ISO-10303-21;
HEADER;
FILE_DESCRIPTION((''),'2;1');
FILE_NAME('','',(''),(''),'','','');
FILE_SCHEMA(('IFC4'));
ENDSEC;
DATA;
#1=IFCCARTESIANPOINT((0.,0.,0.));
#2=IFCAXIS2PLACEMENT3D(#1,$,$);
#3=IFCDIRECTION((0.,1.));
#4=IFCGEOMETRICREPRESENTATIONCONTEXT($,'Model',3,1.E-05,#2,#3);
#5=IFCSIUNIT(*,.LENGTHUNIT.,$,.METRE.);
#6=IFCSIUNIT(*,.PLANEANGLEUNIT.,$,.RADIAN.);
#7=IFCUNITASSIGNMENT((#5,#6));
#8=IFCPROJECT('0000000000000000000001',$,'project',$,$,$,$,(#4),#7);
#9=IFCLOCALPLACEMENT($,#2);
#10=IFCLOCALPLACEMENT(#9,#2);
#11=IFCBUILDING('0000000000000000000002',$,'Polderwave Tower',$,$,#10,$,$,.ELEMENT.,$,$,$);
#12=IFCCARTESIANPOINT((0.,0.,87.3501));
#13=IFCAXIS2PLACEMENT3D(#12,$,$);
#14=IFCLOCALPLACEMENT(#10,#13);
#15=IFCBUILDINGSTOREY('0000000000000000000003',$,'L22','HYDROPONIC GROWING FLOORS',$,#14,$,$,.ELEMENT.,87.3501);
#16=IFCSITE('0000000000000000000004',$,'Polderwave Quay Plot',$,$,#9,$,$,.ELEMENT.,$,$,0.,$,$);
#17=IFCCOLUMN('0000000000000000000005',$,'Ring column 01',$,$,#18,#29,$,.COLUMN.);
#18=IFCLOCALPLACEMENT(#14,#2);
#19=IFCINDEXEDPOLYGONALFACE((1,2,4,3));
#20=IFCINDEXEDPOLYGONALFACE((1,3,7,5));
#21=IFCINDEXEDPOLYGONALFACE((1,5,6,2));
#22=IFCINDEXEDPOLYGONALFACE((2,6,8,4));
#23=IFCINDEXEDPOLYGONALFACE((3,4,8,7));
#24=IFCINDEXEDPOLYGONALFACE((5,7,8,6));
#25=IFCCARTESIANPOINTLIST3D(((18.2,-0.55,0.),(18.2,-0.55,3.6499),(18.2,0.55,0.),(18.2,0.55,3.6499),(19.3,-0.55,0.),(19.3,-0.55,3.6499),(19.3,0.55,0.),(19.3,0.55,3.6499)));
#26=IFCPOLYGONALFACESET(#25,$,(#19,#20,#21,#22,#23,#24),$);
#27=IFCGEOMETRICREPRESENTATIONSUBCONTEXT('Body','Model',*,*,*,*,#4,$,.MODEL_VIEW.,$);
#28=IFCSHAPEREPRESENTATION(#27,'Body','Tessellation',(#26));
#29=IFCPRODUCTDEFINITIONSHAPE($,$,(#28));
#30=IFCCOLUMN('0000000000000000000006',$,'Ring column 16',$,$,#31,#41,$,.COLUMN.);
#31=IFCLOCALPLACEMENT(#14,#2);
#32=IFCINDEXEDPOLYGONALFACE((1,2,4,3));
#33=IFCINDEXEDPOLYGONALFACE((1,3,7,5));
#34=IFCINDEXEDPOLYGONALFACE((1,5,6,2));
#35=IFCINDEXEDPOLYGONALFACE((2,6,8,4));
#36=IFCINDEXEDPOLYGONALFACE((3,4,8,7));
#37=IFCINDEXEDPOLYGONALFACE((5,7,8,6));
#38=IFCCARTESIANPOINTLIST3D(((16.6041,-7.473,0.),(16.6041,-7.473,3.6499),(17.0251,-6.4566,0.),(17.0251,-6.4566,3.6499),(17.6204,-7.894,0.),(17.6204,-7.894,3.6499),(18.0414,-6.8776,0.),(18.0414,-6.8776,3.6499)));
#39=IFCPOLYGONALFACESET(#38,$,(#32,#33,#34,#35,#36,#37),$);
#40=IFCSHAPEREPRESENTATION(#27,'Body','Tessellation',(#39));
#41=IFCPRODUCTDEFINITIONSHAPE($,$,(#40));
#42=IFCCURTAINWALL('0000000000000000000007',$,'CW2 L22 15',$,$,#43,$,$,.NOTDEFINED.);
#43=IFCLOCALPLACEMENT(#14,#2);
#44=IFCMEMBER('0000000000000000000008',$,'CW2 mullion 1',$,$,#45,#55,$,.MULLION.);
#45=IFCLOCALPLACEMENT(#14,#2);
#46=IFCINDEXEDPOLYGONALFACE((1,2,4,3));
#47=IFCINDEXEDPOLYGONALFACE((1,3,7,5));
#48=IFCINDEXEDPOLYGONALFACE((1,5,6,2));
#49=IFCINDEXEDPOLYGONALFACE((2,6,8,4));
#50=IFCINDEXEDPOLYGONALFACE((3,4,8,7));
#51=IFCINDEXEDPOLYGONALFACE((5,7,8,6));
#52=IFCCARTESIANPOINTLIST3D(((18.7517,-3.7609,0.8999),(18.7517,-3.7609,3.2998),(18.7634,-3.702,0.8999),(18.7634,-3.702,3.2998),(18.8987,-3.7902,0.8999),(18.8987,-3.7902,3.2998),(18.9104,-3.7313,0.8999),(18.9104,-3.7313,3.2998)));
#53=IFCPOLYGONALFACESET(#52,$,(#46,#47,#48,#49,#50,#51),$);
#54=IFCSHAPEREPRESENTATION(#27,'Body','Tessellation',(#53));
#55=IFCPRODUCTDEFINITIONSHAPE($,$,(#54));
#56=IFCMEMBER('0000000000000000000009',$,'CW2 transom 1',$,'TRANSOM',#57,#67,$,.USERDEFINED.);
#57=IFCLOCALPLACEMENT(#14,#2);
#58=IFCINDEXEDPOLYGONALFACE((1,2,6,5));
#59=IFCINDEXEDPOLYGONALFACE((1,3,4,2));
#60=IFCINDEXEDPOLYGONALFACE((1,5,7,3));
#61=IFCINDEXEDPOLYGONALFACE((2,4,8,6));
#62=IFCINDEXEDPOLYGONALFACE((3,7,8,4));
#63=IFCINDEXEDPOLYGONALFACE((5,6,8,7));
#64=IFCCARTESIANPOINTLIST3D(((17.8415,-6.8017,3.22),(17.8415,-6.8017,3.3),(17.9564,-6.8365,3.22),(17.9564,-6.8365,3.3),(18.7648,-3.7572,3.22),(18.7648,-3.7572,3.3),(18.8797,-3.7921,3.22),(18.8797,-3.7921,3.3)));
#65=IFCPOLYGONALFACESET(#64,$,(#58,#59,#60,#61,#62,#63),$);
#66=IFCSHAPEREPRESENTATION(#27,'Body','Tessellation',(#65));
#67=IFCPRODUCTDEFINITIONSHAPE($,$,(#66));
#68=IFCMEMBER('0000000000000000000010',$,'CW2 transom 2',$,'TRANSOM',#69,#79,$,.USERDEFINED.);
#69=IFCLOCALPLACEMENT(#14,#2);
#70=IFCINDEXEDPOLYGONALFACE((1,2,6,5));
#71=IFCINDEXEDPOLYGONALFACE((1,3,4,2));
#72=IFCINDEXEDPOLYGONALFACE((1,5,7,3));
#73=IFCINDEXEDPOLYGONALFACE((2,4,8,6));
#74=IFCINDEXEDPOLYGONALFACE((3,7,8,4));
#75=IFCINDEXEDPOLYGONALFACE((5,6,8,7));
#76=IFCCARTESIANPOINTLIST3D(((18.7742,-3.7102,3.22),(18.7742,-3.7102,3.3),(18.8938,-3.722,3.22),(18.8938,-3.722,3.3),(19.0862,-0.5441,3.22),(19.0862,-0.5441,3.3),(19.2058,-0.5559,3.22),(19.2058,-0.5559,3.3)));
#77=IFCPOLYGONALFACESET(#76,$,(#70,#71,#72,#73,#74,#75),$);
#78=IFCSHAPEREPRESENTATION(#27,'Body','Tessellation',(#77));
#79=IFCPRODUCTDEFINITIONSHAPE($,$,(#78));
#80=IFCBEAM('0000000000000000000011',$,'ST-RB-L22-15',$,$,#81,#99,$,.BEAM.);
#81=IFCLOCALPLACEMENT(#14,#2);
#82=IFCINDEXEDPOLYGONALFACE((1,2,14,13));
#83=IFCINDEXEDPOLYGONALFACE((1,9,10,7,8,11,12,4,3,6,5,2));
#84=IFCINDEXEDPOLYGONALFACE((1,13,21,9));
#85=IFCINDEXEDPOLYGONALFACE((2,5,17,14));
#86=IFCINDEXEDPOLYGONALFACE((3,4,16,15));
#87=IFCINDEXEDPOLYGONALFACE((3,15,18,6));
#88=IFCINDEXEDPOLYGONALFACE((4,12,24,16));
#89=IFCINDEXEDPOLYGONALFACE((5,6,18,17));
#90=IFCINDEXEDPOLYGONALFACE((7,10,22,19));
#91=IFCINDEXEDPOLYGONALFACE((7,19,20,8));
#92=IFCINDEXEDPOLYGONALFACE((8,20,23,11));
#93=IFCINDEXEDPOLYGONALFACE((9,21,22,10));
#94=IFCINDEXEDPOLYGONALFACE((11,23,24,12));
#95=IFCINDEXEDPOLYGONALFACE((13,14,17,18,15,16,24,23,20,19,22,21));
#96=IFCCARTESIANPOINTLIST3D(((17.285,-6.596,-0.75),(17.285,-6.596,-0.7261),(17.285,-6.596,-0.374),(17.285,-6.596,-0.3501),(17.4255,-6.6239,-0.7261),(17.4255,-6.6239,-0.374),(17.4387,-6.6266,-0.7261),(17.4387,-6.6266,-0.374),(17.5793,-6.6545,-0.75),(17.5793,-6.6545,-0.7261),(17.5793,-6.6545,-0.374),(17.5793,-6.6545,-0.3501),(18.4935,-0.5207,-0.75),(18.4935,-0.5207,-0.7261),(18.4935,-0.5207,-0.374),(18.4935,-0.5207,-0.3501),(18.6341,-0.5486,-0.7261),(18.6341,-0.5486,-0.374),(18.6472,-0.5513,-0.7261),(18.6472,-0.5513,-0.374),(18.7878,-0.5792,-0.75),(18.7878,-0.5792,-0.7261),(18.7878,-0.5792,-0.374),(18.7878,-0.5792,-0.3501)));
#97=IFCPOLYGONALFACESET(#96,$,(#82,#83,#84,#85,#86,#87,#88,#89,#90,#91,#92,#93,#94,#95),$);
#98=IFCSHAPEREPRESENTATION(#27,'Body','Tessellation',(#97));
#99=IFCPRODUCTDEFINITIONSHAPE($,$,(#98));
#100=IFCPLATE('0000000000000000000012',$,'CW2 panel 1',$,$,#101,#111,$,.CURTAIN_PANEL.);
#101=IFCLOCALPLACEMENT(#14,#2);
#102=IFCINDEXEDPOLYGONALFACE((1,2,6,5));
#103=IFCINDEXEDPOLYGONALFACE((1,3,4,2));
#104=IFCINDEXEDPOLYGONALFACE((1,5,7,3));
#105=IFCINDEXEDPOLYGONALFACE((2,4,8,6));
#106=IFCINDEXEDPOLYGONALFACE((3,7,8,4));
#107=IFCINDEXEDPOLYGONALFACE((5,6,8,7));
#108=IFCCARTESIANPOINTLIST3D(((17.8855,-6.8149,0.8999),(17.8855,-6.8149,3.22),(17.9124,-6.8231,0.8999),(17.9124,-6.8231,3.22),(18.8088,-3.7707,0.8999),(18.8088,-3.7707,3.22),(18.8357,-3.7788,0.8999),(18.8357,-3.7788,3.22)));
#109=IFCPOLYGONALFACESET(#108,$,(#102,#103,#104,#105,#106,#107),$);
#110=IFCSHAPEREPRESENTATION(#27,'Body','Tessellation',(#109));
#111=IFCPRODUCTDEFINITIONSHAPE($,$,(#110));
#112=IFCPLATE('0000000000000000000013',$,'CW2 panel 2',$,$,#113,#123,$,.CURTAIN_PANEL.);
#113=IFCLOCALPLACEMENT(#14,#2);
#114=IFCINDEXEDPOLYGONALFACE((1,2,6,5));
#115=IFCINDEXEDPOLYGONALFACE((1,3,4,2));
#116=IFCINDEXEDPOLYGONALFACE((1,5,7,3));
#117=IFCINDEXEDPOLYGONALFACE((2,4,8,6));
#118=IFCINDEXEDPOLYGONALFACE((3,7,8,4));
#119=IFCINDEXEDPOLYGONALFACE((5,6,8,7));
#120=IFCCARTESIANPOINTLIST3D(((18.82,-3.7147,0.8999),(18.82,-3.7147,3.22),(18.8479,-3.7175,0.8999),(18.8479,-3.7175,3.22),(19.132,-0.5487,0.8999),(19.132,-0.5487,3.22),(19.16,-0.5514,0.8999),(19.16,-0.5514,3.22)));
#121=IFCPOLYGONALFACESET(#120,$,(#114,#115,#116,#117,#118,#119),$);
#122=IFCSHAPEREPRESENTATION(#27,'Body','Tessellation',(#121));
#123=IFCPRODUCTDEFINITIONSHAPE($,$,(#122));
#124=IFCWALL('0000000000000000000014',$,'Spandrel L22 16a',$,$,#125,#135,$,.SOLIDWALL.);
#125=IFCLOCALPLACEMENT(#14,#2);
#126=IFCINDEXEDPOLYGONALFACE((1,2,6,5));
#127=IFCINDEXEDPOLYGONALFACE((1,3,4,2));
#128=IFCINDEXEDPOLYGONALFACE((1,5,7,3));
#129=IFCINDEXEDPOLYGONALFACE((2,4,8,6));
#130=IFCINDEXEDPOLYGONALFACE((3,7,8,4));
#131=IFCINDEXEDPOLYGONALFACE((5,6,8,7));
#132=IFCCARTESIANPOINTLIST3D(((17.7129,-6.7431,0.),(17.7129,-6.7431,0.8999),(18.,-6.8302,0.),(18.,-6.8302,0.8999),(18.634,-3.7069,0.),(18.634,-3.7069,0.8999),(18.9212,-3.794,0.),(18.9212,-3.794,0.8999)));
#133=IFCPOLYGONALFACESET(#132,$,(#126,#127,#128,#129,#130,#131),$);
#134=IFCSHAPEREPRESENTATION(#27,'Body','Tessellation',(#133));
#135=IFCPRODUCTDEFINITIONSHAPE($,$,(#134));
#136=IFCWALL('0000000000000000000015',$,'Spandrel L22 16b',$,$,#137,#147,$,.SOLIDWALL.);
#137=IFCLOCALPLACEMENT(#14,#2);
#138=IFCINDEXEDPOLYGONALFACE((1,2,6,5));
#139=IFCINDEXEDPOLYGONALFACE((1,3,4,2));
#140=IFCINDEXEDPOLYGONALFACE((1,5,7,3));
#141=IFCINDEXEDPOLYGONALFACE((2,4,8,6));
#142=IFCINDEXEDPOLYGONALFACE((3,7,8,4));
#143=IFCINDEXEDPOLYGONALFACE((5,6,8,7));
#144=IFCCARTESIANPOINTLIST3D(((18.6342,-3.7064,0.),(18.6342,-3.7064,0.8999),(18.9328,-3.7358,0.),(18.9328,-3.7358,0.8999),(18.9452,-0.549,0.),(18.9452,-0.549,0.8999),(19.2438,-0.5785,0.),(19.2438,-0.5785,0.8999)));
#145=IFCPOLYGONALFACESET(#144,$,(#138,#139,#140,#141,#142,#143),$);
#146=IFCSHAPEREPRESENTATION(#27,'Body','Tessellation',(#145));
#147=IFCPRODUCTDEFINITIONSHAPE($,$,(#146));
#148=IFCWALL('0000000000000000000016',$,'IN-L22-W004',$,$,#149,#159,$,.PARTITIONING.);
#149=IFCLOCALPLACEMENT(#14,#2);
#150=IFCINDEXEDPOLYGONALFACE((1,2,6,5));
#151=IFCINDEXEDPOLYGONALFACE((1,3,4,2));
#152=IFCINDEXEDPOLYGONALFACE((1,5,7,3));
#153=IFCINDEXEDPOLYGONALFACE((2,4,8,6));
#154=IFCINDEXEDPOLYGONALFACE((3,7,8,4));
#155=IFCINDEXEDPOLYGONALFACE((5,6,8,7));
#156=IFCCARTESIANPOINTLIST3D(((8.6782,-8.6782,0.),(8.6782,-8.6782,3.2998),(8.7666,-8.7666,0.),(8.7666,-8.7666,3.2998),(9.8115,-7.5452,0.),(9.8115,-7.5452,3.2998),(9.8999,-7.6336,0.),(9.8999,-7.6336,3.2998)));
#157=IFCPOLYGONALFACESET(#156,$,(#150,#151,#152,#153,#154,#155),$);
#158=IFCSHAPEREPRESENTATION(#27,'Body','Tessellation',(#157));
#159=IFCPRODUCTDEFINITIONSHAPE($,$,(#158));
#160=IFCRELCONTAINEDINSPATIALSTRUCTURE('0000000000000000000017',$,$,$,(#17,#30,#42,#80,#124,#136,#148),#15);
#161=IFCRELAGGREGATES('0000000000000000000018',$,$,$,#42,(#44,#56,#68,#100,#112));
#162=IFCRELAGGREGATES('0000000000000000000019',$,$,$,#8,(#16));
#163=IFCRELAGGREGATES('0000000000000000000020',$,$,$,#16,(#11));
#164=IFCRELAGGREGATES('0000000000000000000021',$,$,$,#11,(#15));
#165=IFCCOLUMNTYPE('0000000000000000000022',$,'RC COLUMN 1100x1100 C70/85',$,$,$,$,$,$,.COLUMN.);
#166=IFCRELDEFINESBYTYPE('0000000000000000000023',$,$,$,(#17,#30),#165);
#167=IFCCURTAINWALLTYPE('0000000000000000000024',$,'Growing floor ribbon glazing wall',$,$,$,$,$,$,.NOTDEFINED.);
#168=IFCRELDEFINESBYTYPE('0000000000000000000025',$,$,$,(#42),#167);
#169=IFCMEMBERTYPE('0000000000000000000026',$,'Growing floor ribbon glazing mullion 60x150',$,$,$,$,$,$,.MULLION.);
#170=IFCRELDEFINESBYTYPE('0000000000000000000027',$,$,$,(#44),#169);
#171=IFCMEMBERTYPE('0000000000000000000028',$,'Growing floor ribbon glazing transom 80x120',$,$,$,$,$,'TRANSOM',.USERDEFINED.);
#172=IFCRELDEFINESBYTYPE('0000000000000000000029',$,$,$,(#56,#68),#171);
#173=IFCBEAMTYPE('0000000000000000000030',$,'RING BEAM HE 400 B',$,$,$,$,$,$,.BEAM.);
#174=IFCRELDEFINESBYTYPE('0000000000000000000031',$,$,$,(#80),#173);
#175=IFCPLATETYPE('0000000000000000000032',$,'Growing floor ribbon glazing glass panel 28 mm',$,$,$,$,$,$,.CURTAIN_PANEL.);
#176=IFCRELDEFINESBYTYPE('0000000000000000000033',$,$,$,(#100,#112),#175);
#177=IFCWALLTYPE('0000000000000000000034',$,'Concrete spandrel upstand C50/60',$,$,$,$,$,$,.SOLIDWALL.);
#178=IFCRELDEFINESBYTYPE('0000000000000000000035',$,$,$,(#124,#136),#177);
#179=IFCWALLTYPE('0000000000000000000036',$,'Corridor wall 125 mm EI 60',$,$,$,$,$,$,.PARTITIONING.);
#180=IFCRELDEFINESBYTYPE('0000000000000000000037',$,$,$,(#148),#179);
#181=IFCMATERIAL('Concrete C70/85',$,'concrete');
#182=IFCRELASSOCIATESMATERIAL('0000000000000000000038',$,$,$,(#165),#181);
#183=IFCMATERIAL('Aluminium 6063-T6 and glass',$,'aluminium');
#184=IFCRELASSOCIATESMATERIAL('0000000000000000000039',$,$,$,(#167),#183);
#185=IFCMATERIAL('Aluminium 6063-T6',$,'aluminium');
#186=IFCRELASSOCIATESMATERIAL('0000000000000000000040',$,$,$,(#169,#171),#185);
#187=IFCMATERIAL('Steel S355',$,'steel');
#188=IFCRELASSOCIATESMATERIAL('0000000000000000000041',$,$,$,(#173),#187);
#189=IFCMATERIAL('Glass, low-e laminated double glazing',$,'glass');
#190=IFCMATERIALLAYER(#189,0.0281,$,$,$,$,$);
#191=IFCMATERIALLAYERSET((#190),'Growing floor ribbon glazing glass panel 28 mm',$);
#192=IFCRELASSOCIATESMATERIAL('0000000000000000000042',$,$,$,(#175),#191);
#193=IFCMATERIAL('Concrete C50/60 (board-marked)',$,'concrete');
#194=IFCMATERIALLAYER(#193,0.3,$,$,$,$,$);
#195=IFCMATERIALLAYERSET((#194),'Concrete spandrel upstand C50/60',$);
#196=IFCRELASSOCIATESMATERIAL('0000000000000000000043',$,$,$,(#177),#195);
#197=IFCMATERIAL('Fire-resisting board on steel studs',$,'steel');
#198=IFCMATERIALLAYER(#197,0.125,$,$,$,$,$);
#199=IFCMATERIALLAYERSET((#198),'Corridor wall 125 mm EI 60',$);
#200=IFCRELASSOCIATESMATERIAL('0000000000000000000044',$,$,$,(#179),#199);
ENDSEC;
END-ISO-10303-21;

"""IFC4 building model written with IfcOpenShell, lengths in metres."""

from ifc_helpers import new_model, si_unit, direction, frame, frame_2d, origin, origin_2d, place, context, subcontext, project, spatial, rectangle, i_section, extrude, material, layer, layer_set, material_profile, profile_set, type_object, element, aggregate, save


model = new_model("IFC4")

# Units and contexts
model_context = context("Model", 3, precision=1e-05, world=origin(), true_north=direction((0.0, 1.0)))
body_context = subcontext(model_context, "Body", "Model", "MODEL_VIEW")
ifc_project = project(units=[si_unit("LENGTHUNIT", "METRE"), si_unit("PLANEANGLEUNIT", "RADIAN")], contexts=[model_context])

# Site, building, storey
site_placement = place(None, origin())
site = spatial("IfcSite", under=ifc_project, at=site_placement, Name="Polderwave Quay Plot", CompositionType="ELEMENT", RefElevation=0.0)
building_placement = place(site_placement, origin())
building = spatial("IfcBuilding", under=site, at=building_placement, Name="Polderwave Tower", CompositionType="ELEMENT")
storey_placement = place(building_placement, frame((0.0, 0.0, 87.3501)))
storey = spatial("IfcBuildingStorey", under=building, at=storey_placement, Name="L22", Description="HYDROPONIC GROWING FLOORS", CompositionType="ELEMENT", Elevation=87.3501)

# Columns
ifc_material_1 = material(Name="Concrete C70/85", Category="concrete")
ifc_material_profile_1 = material_profile(ifc_material_1, rectangle(XDim=1.1001, YDim=1.1001, at=origin_2d()), Name="RC 1100x1100")
ifc_profile_set_1 = profile_set([ifc_material_profile_1], Name="Concrete C70/85")
column_type = type_object("IfcColumnType", Name="RC COLUMN 1100x1100 C70/85", PredefinedType="COLUMN", material=ifc_profile_set_1)
for number, where, z_axis, x_axis, name in (
    (1, (18.75, 0.0, 0.0), (0.0, 0.0, 1.0), (1.0, 0.0, 0.0), "Ring column 01"),
    (2, (17.3228, -7.1753, 0.0), (0.0, 0.0, 1.0), (0.92388, -0.382683, 0.0), "Ring column 16"),
):
    element("IfcColumn", number, at=place(storey_placement, frame(where, z_axis=z_axis, x_axis=x_axis)), inside=storey, type_object=column_type, Name=name, PredefinedType="COLUMN", context=body_context, shape_type="SweptSolid", body=[
        extrude(rectangle(XDim=1.1001, YDim=1.1001, at=origin_2d()), origin(), (0.0, 0.0, 1.0), 3.6499),
    ])

# Curtain wall, members
ifc_material_2 = material(Name="Aluminium 6063-T6 and glass", Category="aluminium")
curtain_wall_type = type_object("IfcCurtainWallType", Name="Growing floor ribbon glazing wall", PredefinedType="NOTDEFINED", material=ifc_material_2)
curtain_wall_placement = place(storey_placement, origin())
curtain_wall = element("IfcCurtainWall", 3, at=curtain_wall_placement, inside=storey, type_object=curtain_wall_type, Name="CW2 L22 15", PredefinedType="NOTDEFINED")
ifc_material_3 = material(Name="Aluminium 6063-T6", Category="aluminium")
ifc_material_profile_2 = material_profile(ifc_material_3, rectangle(XDim=0.1499, YDim=0.0601, at=origin_2d()), Name="AL 60x150")
ifc_profile_set_2 = profile_set([ifc_material_profile_2], Name="Aluminium 6063-T6")
member_type_1 = type_object("IfcMemberType", Name="Growing floor ribbon glazing mullion 60x150", PredefinedType="MULLION", material=ifc_profile_set_2)
member_1_placement = place(storey_placement, frame((18.8311, -3.7461, 0.8999), z_axis=(0.0, 0.0, 1.0), x_axis=(-0.980784, 0.195097, 0.0)))
member_1 = element("IfcMember", 4, at=member_1_placement, type_object=member_type_1, Name="CW2 mullion 1", PredefinedType="MULLION", context=body_context, shape_type="SweptSolid", body=[
    extrude(rectangle(XDim=0.1499, YDim=0.0601, at=origin_2d()), origin(), (0.0, 0.0, 1.0), 2.3999),
])
ifc_material_profile_3 = material_profile(ifc_material_3, rectangle(XDim=0.1201, YDim=0.0801, at=origin_2d()), Name="AL 80x120")
ifc_profile_set_3 = profile_set([ifc_material_profile_3], Name="Aluminium 6063-T6")
member_type_2 = type_object("IfcMemberType", Name="Growing floor ribbon glazing transom 80x120", ElementType="TRANSOM", PredefinedType="USERDEFINED", material=ifc_profile_set_3)
member_2_placement = place(storey_placement, frame((17.8989, -6.8191, 3.26), z_axis=(0.290233, 0.956956, 0.0), x_axis=(-0.956956, 0.290233, 0.0)))
member_2 = element("IfcMember", 5, at=member_2_placement, type_object=member_type_2, Name="CW2 transom 1", ObjectType="TRANSOM", PredefinedType="USERDEFINED", context=body_context, shape_type="SweptSolid", body=[
    extrude(rectangle(XDim=0.1201, YDim=0.0801, at=origin_2d()), origin(), (0.0, 0.0, 1.0), 3.1814),
])
member_3_placement = place(storey_placement, frame((18.834, -3.7161, 3.26), z_axis=(0.098075, 0.995179, 0.0), x_axis=(-0.995179, 0.098075, 0.0)))
member_3 = element("IfcMember", 6, at=member_3_placement, type_object=member_type_2, Name="CW2 transom 2", ObjectType="TRANSOM", PredefinedType="USERDEFINED", context=body_context, shape_type="SweptSolid", body=[
    extrude(rectangle(XDim=0.1201, YDim=0.0801, at=origin_2d()), origin(), (0.0, 0.0, 1.0), 3.1814),
])

# Beam
ifc_material_4 = material(Name="Steel S355", Category="steel")
ifc_material_profile_4 = material_profile(ifc_material_4, i_section(OverallWidth=0.3, OverallDepth=0.3999, WebThickness=0.0134, FlangeThickness=0.0239, at=origin_2d()), Name="HE 400 B")
ifc_profile_set_4 = profile_set([ifc_material_profile_4], Name="Steel S355")
beam_type = type_object("IfcBeamType", Name="RING BEAM HE 400 B", PredefinedType="BEAM", material=ifc_profile_set_4)
beam_placement = place(storey_placement, frame((17.4321, -6.6252, -0.55), z_axis=(0.1951, 0.980783, 0.0), x_axis=(-0.980783, 0.1951, 0.0)))
element("IfcBeam", 7, at=beam_placement, inside=storey, type_object=beam_type, Name="ST-RB-L22-15", PredefinedType="BEAM", context=body_context, shape_type="SweptSolid", body=[
    extrude(i_section(OverallWidth=0.3, OverallDepth=0.3999, WebThickness=0.0134, FlangeThickness=0.0239, at=origin_2d()), origin(), (0.0, 0.0, 1.0), 6.1943),
])

# Plates
ifc_material_5 = material(Name="Glass, low-e laminated double glazing", Category="glass")
ifc_layer_1 = layer(ifc_material_5, 0.0281)
ifc_layer_set_1 = layer_set([ifc_layer_1], Name="Growing floor ribbon glazing glass panel 28 mm")
plate_type = type_object("IfcPlateType", Name="Growing floor ribbon glazing glass panel 28 mm", PredefinedType="CURTAIN_PANEL", material=ifc_layer_set_1)
plate_1_placement = place(storey_placement, frame((18.3606, -5.2969, 0.8999), z_axis=(0.0, 0.0, 1.0), x_axis=(0.290233, 0.956956, 0.0)))
plate_1 = element("IfcPlate", 8, at=plate_1_placement, type_object=plate_type, Name="CW2 panel 1", PredefinedType="CURTAIN_PANEL", context=body_context, shape_type="SweptSolid", body=[
    extrude(rectangle(XDim=3.1812, YDim=0.0281, at=origin_2d()), origin(), (0.0, 0.0, 1.0), 2.3201),
])
plate_2_placement = place(storey_placement, frame((18.99, -2.1331, 0.8999), z_axis=(0.0, 0.0, 1.0), x_axis=(0.098085, 0.995178, 0.0)))
plate_2 = element("IfcPlate", 9, at=plate_2_placement, type_object=plate_type, Name="CW2 panel 2", PredefinedType="CURTAIN_PANEL", context=body_context, shape_type="SweptSolid", body=[
    extrude(rectangle(XDim=3.1814, YDim=0.0281, at=origin_2d()), origin(), (0.0, 0.0, 1.0), 2.3201),
])
aggregate(curtain_wall, [member_1, member_2, member_3, plate_1, plate_2])

# Walls
ifc_material_6 = material(Name="Concrete C50/60 (board-marked)", Category="concrete")
ifc_layer_2 = layer(ifc_material_6, 0.3)
ifc_layer_set_2 = layer_set([ifc_layer_2], Name="Concrete spandrel upstand C50/60")
wall_type_1 = type_object("IfcWallType", Name="Concrete spandrel upstand C50/60", PredefinedType="SOLIDWALL", material=ifc_layer_set_2)
wall_1_placement = place(storey_placement, frame((17.8564, -6.7866, 0.0), z_axis=(0.0, 0.0, 1.0), x_axis=(0.290326, 0.956928, 0.0)))
element("IfcWall", 10, at=wall_1_placement, inside=storey, type_object=wall_type_1, Name="Spandrel L22 16a", PredefinedType="SOLIDWALL", context=body_context, shape_type="SweptSolid", body=[
    extrude(rectangle(XDim=3.1729, YDim=0.3, at=frame_2d((1.5864, 0.0))), origin(), (0.0, 0.0, 1.0), 0.8999),
])
wall_2_placement = place(storey_placement, frame((18.7834, -3.7212, 0.0), z_axis=(0.0, 0.0, 1.0), x_axis=(0.098041, 0.995182, 0.0)))
element("IfcWall", 11, at=wall_2_placement, inside=storey, type_object=wall_type_1, Name="Spandrel L22 16b", PredefinedType="SOLIDWALL", context=body_context, shape_type="SweptSolid", body=[
    extrude(rectangle(XDim=3.1726, YDim=0.3, at=frame_2d((1.5864, 0.0))), origin(), (0.0, 0.0, 1.0), 0.8999),
])
ifc_material_7 = material(Name="Fire-resisting board on steel studs", Category="steel")
ifc_layer_3 = layer(ifc_material_7, 0.125)
ifc_layer_set_3 = layer_set([ifc_layer_3], Name="Corridor wall 125 mm EI 60")
wall_type_2 = type_object("IfcWallType", Name="Corridor wall 125 mm EI 60", PredefinedType="PARTITIONING", material=ifc_layer_set_3)
wall_3_placement = place(storey_placement, frame((9.8557, -7.5894, 0.0), z_axis=(0.0, 0.0, 1.0), x_axis=(-0.707183, -0.707031, 0.0)))
element("IfcWall", 12, at=wall_3_placement, inside=storey, type_object=wall_type_2, Name="IN-L22-W004", PredefinedType="PARTITIONING", context=body_context, shape_type="SweptSolid", body=[
    extrude(rectangle(XDim=1.6025, YDim=0.125, at=frame_2d((0.8013, 0.0))), origin(), (0.0, 0.0, 1.0), 3.2998),
])

save(model, "model.ifc")
